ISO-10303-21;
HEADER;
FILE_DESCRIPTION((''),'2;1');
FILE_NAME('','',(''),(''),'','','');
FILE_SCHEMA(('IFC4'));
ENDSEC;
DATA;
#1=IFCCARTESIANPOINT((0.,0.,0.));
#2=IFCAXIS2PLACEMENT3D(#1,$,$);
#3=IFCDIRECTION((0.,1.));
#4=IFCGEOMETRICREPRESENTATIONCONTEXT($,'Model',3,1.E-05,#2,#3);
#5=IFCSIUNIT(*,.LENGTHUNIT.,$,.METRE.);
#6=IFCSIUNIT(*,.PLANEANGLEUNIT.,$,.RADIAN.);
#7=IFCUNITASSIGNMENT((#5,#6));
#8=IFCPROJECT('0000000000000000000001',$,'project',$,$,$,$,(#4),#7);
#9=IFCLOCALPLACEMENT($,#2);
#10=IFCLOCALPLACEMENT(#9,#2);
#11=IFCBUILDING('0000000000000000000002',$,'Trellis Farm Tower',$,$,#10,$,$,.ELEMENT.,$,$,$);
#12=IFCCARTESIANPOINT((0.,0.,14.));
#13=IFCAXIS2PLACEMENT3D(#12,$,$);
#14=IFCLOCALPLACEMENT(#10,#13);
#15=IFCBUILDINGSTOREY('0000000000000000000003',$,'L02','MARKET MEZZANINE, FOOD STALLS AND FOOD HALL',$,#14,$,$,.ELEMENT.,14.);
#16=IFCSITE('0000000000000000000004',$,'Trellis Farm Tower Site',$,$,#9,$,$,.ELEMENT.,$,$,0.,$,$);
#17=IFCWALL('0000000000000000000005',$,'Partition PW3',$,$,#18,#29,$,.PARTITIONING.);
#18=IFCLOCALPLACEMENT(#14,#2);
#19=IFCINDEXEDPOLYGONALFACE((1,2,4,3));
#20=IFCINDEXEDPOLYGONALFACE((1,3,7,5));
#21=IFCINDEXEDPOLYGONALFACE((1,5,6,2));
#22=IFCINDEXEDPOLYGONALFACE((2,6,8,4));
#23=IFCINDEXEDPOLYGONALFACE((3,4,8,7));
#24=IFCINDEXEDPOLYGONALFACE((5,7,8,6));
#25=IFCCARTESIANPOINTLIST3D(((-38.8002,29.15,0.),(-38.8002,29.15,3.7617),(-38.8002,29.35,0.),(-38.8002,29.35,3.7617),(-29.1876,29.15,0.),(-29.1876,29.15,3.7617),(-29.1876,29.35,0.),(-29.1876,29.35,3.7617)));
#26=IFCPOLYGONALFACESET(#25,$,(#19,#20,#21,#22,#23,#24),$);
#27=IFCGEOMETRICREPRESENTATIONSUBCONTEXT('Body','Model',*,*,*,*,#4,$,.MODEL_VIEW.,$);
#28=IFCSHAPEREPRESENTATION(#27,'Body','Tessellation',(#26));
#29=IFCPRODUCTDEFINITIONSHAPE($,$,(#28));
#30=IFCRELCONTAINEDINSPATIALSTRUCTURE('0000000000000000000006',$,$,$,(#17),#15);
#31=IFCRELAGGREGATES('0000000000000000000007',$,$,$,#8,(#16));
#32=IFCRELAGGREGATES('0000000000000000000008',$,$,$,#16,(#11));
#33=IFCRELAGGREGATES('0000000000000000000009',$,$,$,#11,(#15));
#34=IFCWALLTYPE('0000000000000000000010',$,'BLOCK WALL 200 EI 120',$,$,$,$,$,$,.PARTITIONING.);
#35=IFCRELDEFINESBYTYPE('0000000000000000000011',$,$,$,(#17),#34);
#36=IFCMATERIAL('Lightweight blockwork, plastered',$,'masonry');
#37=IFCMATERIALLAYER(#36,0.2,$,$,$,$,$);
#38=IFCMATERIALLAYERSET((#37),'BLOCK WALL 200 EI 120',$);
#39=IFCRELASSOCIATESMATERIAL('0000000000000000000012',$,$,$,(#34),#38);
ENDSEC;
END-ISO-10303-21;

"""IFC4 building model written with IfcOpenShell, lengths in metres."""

from ifc_helpers import new_model, si_unit, direction, frame, frame_2d, origin, place, context, subcontext, project, spatial, rectangle, extrude, source, transform, mapped, material, layer, layer_set, type_object, element, save


model = new_model("IFC4")

# Units and contexts
model_context = context("Model", 3, precision=1e-05, world=origin(), true_north=direction((0.0, 1.0)))
body_context = subcontext(model_context, "Body", "Model", "MODEL_VIEW")
ifc_project = project(units=[si_unit("LENGTHUNIT", "METRE"), si_unit("PLANEANGLEUNIT", "RADIAN")], contexts=[model_context])

# Site, building, storey
site_placement = place(None, origin())
site = spatial("IfcSite", under=ifc_project, at=site_placement, Name="Trellis Farm Tower Site", CompositionType="ELEMENT", RefElevation=0.0)
building_placement = place(site_placement, origin())
building = spatial("IfcBuilding", under=site, at=building_placement, Name="Trellis Farm Tower", CompositionType="ELEMENT")
storey_placement = place(building_placement, frame((0.0, 0.0, 14.0)))
storey = spatial("IfcBuildingStorey", under=building, at=storey_placement, Name="L02", Description="MARKET MEZZANINE, FOOD STALLS AND FOOD HALL", CompositionType="ELEMENT", Elevation=14.0)

# Wall
ifc_material_1 = material(Name="Lightweight blockwork, plastered", Category="masonry")
ifc_layer = layer(ifc_material_1, 0.2)
ifc_layer_set = layer_set([ifc_layer], Name="BLOCK WALL 200 EI 120")
wall_type = type_object("IfcWallType", Name="BLOCK WALL 200 EI 120", PredefinedType="PARTITIONING", material=ifc_layer_set)
shared_shape_1 = source(origin(), body_context, "Body", "SweptSolid", [
    extrude(rectangle(XDim=9.6125, YDim=0.2, at=frame_2d((4.8062, 0.0))), origin(), (0.0, 0.0, 1.0), 3.7617),
])
wall_placement = place(storey_placement, frame((-38.8, 29.25, 0.0), z_axis=(0.0, 0.0, 1.0), x_axis=(1.0, 0.0, 0.0)))
element("IfcWall", 1, at=wall_placement, inside=storey, type_object=wall_type, Name="Partition PW3", PredefinedType="PARTITIONING", context=body_context, shape_type="MappedRepresentation", body=[
    mapped(shared_shape_1, transform((0.0, 0.0, 0.0))),
])

save(model, "model.ifc")
